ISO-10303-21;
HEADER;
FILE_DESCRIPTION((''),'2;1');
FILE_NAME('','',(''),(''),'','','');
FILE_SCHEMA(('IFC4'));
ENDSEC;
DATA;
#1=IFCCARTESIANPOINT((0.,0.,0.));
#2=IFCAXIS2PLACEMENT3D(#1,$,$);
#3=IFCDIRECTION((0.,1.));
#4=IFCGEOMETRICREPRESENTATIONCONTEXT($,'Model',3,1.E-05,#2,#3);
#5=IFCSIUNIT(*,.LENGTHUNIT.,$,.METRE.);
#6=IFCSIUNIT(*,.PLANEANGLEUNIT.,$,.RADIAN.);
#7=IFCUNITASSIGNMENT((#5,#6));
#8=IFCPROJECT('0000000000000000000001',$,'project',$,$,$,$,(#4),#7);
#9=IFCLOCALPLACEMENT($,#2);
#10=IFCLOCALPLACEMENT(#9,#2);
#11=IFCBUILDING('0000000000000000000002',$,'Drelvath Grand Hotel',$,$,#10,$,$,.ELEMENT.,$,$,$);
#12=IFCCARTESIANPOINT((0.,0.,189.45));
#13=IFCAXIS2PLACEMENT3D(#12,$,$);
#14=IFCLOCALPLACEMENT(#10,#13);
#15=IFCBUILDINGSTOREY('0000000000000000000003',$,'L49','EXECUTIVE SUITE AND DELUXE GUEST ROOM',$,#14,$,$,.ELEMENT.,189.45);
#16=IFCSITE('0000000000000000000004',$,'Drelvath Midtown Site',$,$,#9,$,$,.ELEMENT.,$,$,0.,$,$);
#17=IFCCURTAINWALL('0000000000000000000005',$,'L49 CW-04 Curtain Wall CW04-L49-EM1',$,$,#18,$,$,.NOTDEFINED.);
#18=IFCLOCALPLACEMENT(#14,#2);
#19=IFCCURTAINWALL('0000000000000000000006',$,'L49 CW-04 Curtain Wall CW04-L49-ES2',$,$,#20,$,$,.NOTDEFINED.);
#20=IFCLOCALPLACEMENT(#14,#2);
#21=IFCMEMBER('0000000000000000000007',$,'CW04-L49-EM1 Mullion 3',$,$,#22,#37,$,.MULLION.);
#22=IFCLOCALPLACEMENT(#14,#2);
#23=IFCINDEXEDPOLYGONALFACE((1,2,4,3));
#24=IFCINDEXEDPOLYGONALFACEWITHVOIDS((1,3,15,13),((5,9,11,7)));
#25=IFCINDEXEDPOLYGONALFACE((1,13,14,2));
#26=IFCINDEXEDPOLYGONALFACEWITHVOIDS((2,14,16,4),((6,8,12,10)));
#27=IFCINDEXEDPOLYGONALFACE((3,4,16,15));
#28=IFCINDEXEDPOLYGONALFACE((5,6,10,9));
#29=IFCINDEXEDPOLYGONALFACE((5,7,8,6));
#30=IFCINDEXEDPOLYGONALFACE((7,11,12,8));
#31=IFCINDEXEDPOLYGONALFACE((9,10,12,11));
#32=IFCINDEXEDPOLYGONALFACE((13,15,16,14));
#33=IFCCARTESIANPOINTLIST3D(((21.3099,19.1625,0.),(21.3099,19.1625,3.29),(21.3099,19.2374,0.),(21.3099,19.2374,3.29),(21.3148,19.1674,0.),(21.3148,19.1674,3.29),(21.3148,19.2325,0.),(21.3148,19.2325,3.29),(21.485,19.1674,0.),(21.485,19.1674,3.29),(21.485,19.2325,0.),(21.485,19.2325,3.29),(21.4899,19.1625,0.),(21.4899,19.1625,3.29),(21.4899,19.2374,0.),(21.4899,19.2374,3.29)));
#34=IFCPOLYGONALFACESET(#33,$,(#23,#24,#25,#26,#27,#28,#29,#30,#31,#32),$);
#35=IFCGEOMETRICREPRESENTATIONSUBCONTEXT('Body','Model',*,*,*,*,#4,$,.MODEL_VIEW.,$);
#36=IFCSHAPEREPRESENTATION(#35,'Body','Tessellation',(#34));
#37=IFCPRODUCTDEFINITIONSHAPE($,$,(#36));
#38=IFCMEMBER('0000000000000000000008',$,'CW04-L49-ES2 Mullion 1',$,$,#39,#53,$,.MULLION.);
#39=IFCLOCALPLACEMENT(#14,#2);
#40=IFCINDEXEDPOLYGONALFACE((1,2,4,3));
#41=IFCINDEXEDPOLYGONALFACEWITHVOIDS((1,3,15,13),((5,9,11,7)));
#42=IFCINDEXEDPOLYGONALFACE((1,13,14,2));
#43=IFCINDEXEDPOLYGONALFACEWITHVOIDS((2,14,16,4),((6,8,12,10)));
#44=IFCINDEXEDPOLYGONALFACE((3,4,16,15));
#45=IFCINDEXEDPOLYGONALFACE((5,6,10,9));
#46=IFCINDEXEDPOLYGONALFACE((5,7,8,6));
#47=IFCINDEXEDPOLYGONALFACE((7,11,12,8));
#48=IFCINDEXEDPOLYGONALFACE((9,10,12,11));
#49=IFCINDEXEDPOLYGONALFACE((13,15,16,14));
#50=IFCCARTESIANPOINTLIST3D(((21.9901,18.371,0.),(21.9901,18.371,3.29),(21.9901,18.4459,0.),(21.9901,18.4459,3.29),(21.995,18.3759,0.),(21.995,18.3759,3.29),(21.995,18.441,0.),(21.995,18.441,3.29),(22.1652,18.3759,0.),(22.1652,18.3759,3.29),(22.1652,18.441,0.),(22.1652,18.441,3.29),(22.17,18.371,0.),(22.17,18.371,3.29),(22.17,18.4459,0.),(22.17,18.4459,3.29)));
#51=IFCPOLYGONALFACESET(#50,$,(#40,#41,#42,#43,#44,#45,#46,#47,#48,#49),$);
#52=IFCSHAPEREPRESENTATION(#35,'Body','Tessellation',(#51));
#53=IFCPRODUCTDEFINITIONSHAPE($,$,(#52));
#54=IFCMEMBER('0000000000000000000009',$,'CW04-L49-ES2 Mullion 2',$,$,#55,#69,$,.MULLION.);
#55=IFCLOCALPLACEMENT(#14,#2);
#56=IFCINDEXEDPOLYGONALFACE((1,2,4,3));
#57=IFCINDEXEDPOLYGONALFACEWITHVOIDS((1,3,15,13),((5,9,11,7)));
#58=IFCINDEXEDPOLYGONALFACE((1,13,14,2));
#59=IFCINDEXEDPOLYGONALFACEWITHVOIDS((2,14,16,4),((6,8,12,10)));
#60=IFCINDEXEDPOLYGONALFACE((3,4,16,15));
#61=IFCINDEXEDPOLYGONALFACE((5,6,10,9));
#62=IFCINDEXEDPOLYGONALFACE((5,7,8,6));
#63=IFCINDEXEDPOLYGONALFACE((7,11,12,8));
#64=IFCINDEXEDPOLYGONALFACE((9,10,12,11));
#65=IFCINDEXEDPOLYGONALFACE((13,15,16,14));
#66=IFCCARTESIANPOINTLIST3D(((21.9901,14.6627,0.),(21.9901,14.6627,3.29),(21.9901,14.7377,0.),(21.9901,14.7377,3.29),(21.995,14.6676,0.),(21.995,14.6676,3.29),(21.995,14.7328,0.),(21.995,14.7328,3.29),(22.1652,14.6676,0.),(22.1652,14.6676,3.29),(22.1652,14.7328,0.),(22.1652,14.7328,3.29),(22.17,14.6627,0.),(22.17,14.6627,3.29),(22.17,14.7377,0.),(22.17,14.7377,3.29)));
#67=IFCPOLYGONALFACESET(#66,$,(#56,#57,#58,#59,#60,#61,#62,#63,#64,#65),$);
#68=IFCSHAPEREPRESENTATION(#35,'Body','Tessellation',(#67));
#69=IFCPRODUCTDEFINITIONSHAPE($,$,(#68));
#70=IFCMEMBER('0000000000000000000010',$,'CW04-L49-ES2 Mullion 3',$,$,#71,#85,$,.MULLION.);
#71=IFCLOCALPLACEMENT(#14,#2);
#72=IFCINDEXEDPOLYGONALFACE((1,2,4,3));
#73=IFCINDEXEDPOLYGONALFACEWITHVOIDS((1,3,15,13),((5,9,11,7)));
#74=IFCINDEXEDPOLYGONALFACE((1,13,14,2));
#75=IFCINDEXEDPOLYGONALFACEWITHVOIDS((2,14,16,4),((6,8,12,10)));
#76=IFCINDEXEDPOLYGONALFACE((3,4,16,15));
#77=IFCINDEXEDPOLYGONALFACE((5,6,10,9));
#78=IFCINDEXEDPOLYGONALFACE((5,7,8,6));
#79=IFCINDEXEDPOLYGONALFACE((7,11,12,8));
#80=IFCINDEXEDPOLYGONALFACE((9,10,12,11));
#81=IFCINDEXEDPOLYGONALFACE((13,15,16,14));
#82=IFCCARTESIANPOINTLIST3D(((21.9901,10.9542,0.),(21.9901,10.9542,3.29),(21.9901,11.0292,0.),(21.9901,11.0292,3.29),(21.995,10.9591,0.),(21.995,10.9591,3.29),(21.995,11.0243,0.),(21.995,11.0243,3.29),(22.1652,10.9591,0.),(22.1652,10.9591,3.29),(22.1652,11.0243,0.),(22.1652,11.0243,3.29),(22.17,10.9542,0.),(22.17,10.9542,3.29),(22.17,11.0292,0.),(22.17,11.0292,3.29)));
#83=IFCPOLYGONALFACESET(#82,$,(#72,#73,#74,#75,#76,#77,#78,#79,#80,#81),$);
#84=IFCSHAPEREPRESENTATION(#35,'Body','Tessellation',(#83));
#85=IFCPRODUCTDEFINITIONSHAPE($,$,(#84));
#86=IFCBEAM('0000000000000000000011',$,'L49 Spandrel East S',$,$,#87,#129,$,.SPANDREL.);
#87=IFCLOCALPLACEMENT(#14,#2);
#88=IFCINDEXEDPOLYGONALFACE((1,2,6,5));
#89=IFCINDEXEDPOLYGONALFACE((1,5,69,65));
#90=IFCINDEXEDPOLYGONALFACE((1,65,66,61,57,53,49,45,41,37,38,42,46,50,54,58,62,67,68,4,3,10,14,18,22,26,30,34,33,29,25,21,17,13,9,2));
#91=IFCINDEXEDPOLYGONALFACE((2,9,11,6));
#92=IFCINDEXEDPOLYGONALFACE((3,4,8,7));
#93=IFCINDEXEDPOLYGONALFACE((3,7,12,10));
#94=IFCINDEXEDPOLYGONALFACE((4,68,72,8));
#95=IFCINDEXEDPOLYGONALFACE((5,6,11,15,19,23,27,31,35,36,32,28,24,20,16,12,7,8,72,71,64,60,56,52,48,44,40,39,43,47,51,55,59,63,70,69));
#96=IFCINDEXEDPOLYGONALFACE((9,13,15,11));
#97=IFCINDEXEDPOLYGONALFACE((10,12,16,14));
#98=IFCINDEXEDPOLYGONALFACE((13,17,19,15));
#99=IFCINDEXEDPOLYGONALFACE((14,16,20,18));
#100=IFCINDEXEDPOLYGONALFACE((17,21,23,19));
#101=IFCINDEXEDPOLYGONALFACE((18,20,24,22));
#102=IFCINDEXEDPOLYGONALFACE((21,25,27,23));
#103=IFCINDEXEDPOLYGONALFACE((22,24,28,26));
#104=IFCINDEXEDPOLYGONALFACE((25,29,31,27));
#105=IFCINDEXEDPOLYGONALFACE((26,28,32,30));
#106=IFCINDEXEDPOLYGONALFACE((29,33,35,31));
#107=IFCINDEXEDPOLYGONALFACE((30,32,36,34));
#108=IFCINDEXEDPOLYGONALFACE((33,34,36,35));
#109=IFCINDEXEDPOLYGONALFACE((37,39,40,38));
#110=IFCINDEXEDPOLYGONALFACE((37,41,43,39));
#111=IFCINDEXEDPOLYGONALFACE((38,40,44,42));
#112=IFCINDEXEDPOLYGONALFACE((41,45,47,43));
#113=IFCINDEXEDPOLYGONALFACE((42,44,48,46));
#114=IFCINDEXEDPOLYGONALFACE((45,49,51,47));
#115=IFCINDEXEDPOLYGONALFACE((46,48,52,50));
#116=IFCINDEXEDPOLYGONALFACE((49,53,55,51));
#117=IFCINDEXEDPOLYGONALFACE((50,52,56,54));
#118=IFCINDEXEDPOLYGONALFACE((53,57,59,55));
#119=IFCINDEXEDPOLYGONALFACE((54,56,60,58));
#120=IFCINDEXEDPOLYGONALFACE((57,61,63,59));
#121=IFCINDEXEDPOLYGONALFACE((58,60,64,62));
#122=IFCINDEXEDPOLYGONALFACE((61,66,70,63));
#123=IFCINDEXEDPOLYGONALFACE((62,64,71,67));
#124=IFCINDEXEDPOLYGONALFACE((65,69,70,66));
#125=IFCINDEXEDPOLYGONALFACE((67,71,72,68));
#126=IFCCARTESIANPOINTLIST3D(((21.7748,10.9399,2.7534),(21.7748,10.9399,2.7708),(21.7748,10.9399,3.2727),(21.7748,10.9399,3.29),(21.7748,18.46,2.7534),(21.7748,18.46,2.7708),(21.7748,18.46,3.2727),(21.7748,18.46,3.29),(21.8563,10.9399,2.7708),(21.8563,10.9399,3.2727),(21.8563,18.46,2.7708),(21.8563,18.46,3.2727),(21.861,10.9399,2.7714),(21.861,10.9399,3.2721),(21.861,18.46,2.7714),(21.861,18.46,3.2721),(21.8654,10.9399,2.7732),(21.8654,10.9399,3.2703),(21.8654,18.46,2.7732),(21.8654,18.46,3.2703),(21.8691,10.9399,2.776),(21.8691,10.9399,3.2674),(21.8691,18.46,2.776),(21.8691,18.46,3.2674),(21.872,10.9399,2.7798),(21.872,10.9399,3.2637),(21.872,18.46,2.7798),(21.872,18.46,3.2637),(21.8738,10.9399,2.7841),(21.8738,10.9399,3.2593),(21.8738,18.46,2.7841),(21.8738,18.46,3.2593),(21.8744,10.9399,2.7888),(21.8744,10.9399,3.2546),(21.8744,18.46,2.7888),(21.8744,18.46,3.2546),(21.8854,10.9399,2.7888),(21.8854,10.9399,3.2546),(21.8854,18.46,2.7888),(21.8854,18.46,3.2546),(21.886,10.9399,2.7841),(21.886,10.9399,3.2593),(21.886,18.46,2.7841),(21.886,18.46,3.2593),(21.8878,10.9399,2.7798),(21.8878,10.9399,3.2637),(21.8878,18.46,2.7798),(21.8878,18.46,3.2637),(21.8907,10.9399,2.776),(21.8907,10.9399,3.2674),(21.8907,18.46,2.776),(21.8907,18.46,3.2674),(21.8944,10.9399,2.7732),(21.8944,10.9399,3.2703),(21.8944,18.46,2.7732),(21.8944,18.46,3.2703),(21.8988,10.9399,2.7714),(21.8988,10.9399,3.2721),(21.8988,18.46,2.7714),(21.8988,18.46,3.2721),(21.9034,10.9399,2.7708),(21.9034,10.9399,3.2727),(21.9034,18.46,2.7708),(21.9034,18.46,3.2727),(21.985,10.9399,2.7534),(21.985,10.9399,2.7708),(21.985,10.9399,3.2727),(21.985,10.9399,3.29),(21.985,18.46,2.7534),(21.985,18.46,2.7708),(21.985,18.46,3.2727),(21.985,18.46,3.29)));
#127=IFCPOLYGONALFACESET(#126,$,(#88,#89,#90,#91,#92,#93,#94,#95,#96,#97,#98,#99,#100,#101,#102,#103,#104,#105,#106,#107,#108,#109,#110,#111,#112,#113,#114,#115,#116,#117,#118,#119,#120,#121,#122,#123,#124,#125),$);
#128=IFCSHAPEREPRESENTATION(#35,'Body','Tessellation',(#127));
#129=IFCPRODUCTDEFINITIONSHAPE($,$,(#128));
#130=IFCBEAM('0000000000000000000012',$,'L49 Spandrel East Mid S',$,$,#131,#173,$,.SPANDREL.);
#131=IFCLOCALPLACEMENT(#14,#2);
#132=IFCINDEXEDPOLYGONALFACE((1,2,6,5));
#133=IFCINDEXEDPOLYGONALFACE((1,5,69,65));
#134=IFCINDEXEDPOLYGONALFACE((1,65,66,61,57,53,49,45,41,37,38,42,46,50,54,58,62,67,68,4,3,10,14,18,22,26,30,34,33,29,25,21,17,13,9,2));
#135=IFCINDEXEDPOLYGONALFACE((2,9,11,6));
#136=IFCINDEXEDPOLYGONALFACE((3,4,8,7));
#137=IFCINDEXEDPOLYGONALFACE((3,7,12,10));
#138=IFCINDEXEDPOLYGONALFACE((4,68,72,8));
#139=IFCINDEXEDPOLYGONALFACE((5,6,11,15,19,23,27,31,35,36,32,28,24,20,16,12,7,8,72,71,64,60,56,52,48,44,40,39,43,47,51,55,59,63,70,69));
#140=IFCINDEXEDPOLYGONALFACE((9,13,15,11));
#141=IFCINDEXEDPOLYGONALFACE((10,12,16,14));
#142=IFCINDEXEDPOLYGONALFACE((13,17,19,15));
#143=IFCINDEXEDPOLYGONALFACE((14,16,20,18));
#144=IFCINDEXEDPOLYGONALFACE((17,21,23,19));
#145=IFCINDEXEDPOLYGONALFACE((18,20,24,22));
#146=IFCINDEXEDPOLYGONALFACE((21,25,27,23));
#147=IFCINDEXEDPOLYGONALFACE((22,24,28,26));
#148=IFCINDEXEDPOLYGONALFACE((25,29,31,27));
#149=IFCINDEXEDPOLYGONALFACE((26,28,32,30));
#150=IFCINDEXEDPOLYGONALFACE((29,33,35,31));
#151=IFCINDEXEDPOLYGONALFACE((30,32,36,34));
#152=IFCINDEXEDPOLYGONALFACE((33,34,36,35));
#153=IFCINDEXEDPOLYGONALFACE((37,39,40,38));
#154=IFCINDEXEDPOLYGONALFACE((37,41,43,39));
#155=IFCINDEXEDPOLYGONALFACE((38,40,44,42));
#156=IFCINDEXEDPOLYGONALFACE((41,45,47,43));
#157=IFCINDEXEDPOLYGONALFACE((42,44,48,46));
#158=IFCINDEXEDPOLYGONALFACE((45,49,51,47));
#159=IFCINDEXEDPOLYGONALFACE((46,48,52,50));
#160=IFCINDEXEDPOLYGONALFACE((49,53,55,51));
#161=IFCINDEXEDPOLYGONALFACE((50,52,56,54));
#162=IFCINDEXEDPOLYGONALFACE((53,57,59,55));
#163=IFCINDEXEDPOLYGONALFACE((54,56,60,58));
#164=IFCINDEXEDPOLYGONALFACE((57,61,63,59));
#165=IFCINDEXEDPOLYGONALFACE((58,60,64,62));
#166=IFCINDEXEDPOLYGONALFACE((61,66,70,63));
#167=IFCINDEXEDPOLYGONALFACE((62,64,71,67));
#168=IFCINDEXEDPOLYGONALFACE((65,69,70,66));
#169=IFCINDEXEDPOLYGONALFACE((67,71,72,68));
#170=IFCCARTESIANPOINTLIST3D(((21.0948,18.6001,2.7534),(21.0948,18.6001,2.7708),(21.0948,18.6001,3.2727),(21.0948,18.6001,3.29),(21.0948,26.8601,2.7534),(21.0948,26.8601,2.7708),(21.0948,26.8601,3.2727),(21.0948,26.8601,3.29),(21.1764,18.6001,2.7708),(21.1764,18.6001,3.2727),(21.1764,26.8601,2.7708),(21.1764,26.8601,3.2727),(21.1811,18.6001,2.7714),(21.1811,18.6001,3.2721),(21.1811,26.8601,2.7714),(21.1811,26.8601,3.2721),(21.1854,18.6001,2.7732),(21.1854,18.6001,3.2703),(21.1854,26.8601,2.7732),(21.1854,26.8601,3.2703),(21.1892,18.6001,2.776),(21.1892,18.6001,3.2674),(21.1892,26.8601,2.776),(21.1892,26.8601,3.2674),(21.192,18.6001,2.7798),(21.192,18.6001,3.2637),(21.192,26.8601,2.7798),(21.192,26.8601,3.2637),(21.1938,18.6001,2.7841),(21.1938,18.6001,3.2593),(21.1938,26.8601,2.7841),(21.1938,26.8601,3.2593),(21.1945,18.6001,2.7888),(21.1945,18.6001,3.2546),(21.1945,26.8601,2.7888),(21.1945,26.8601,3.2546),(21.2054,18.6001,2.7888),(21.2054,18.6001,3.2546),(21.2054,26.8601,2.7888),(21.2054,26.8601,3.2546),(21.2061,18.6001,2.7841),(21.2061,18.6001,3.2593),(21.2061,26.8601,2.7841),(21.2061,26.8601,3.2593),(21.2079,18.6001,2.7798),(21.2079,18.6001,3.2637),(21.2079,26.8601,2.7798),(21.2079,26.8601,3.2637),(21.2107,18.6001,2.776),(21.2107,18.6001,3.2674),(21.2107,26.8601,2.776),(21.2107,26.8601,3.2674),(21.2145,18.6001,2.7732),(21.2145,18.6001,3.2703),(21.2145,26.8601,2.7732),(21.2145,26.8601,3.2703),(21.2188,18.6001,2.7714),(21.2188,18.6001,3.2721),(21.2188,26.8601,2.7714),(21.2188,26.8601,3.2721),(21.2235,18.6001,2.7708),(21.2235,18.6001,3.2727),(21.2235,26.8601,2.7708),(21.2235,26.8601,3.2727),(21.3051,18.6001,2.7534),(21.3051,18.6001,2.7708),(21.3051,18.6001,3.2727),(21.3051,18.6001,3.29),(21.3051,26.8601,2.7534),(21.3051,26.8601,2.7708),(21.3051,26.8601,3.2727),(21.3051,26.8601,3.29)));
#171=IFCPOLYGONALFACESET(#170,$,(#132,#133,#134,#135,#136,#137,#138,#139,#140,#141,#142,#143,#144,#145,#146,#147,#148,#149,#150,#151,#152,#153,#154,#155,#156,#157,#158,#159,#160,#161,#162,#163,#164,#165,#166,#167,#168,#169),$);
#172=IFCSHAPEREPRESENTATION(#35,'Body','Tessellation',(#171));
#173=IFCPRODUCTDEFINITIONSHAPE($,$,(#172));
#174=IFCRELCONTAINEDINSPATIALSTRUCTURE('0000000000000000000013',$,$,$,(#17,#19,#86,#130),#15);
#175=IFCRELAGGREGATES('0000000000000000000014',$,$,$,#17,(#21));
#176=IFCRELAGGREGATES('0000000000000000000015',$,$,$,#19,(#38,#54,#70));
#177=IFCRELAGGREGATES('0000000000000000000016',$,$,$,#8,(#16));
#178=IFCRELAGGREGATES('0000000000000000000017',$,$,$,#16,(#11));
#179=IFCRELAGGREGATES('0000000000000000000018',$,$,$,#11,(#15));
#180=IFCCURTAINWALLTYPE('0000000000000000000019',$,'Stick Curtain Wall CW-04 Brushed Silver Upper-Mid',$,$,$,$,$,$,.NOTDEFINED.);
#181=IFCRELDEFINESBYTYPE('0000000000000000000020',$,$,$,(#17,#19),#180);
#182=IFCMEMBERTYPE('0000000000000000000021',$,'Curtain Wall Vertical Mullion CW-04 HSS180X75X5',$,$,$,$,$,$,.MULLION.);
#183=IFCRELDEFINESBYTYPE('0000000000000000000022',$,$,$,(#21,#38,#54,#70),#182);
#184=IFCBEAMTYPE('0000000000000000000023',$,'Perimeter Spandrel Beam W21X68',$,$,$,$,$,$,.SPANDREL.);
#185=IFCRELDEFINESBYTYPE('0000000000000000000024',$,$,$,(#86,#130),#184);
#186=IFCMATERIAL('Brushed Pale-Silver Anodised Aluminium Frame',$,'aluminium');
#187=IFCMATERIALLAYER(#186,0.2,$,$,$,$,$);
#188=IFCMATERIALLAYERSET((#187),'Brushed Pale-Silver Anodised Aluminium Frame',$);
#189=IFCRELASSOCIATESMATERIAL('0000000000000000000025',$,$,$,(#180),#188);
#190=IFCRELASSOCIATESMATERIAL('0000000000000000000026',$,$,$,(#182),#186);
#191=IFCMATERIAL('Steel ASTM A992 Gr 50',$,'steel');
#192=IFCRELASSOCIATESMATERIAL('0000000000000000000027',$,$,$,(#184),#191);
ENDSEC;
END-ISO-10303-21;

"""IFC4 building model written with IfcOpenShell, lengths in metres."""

from ifc_helpers import new_model, si_unit, direction, frame, origin, origin_2d, place, context, subcontext, project, spatial, hollow_rectangle, i_section, extrude, material, layer, layer_set, material_profile, profile_set, type_object, element, aggregate, save


model = new_model("IFC4")

# Units and contexts
model_context = context("Model", 3, precision=1e-05, world=origin(), true_north=direction((0.0, 1.0)))
body_context = subcontext(model_context, "Body", "Model", "MODEL_VIEW")
ifc_project = project(units=[si_unit("LENGTHUNIT", "METRE"), si_unit("PLANEANGLEUNIT", "RADIAN")], contexts=[model_context])

# Site, building, storey
site_placement = place(None, origin())
site = spatial("IfcSite", under=ifc_project, at=site_placement, Name="Drelvath Midtown Site", CompositionType="ELEMENT", RefElevation=0.0)
building_placement = place(site_placement, origin())
building = spatial("IfcBuilding", under=site, at=building_placement, Name="Drelvath Grand Hotel", CompositionType="ELEMENT")
storey_placement = place(building_placement, frame((0.0, 0.0, 189.45)))
storey = spatial("IfcBuildingStorey", under=building, at=storey_placement, Name="L49", Description="EXECUTIVE SUITE AND DELUXE GUEST ROOM", CompositionType="ELEMENT", Elevation=189.45)

# Curtain walls
ifc_material_1 = material(Name="Brushed Pale-Silver Anodised Aluminium Frame", Category="aluminium")
ifc_layer_1 = layer(ifc_material_1, 0.2)
ifc_layer_set_1 = layer_set([ifc_layer_1], Name="Brushed Pale-Silver Anodised Aluminium Frame")
curtain_wall_type = type_object("IfcCurtainWallType", Name="Stick Curtain Wall CW-04 Brushed Silver Upper-Mid", PredefinedType="NOTDEFINED", material=ifc_layer_set_1)
curtain_wall_1_placement = place(storey_placement, origin())
curtain_wall_1 = element("IfcCurtainWall", 1, at=curtain_wall_1_placement, inside=storey, type_object=curtain_wall_type, Name="L49 CW-04 Curtain Wall CW04-L49-EM1", PredefinedType="NOTDEFINED")
curtain_wall_2_placement = place(storey_placement, origin())
curtain_wall_2 = element("IfcCurtainWall", 2, at=curtain_wall_2_placement, inside=storey, type_object=curtain_wall_type, Name="L49 CW-04 Curtain Wall CW04-L49-ES2", PredefinedType="NOTDEFINED")

# Members
ifc_material_profile_1 = material_profile(ifc_material_1, hollow_rectangle(XDim=0.075, YDim=0.1799, WallThickness=0.0049, at=origin_2d()), Name="HSS180X75X5")
ifc_profile_set_1 = profile_set([ifc_material_profile_1], Name="Brushed Pale-Silver Anodised Aluminium Frame")
member_type_1 = type_object("IfcMemberType", Name="Curtain Wall Vertical Mullion CW-04 HSS180X75X5", PredefinedType="MULLION", material=ifc_profile_set_1)
member_1_placement = place(storey_placement, frame((21.3999, 19.2, 0.0), z_axis=(0.0, 0.0, 1.0), x_axis=(0.0, 1.0, 0.0)))
member_1 = element("IfcMember", 3, at=member_1_placement, type_object=member_type_1, Name="CW04-L49-EM1 Mullion 3", PredefinedType="MULLION", context=body_context, shape_type="SweptSolid", body=[
    extrude(hollow_rectangle(XDim=0.075, YDim=0.1799, WallThickness=0.0049, at=origin_2d()), origin(), (0.0, 0.0, 1.0), 3.29),
])
member_2_placement = place(storey_placement, frame((22.0801, 18.4084, 0.0), z_axis=(0.0, 0.0, 1.0), x_axis=(0.0, 1.0, 0.0)))
member_2 = element("IfcMember", 4, at=member_2_placement, type_object=member_type_1, Name="CW04-L49-ES2 Mullion 1", PredefinedType="MULLION", context=body_context, shape_type="SweptSolid", body=[
    extrude(hollow_rectangle(XDim=0.075, YDim=0.1799, WallThickness=0.0049, at=origin_2d()), origin(), (0.0, 0.0, 1.0), 3.29),
])
member_3_placement = place(storey_placement, frame((22.0801, 14.7002, 0.0), z_axis=(0.0, 0.0, 1.0), x_axis=(0.0, 1.0, 0.0)))
member_3 = element("IfcMember", 5, at=member_3_placement, type_object=member_type_1, Name="CW04-L49-ES2 Mullion 2", PredefinedType="MULLION", context=body_context, shape_type="SweptSolid", body=[
    extrude(hollow_rectangle(XDim=0.075, YDim=0.1799, WallThickness=0.0049, at=origin_2d()), origin(), (0.0, 0.0, 1.0), 3.29),
])
member_4_placement = place(storey_placement, frame((22.0801, 10.9917, 0.0), z_axis=(0.0, 0.0, 1.0), x_axis=(0.0, 1.0, 0.0)))
member_4 = element("IfcMember", 6, at=member_4_placement, type_object=member_type_1, Name="CW04-L49-ES2 Mullion 3", PredefinedType="MULLION", context=body_context, shape_type="SweptSolid", body=[
    extrude(hollow_rectangle(XDim=0.075, YDim=0.1799, WallThickness=0.0049, at=origin_2d()), origin(), (0.0, 0.0, 1.0), 3.29),
])

# Beams
ifc_material_2 = material(Name="Steel ASTM A992 Gr 50", Category="steel")
ifc_material_profile_2 = material_profile(ifc_material_2, i_section(OverallWidth=0.2102, OverallDepth=0.5366, WebThickness=0.011, FlangeThickness=0.0173, FilletRadius=0.0181, at=origin_2d()), Name="W21X68")
ifc_profile_set_2 = profile_set([ifc_material_profile_2], Name="Steel ASTM A992 Gr 50")
beam_type_1 = type_object("IfcBeamType", Name="Perimeter Spandrel Beam W21X68", PredefinedType="SPANDREL", material=ifc_profile_set_2)
beam_1_placement = place(storey_placement, frame((21.8799, 10.9399, 3.0217), z_axis=(0.0, 1.0, 0.0), x_axis=(-1.0, 0.0, 0.0)))
element("IfcBeam", 7, at=beam_1_placement, inside=storey, type_object=beam_type_1, Name="L49 Spandrel East S", PredefinedType="SPANDREL", context=body_context, shape_type="SweptSolid", body=[
    extrude(i_section(OverallWidth=0.2102, OverallDepth=0.5366, WebThickness=0.011, FlangeThickness=0.0173, FilletRadius=0.0181, at=origin_2d()), origin(), (0.0, 0.0, 1.0), 7.52),
])
beam_2_placement = place(storey_placement, frame((21.2, 18.6001, 3.0217), z_axis=(0.0, 1.0, 0.0), x_axis=(-1.0, 0.0, 0.0)))
element("IfcBeam", 8, at=beam_2_placement, inside=storey, type_object=beam_type_1, Name="L49 Spandrel East Mid S", PredefinedType="SPANDREL", context=body_context, shape_type="SweptSolid", body=[
    extrude(i_section(OverallWidth=0.2102, OverallDepth=0.5366, WebThickness=0.011, FlangeThickness=0.0173, FilletRadius=0.0181, at=origin_2d()), origin(), (0.0, 0.0, 1.0), 8.26),
])

aggregate(curtain_wall_1, [member_1])
aggregate(curtain_wall_2, [member_2, member_3, member_4])

save(model, "model.ifc")
